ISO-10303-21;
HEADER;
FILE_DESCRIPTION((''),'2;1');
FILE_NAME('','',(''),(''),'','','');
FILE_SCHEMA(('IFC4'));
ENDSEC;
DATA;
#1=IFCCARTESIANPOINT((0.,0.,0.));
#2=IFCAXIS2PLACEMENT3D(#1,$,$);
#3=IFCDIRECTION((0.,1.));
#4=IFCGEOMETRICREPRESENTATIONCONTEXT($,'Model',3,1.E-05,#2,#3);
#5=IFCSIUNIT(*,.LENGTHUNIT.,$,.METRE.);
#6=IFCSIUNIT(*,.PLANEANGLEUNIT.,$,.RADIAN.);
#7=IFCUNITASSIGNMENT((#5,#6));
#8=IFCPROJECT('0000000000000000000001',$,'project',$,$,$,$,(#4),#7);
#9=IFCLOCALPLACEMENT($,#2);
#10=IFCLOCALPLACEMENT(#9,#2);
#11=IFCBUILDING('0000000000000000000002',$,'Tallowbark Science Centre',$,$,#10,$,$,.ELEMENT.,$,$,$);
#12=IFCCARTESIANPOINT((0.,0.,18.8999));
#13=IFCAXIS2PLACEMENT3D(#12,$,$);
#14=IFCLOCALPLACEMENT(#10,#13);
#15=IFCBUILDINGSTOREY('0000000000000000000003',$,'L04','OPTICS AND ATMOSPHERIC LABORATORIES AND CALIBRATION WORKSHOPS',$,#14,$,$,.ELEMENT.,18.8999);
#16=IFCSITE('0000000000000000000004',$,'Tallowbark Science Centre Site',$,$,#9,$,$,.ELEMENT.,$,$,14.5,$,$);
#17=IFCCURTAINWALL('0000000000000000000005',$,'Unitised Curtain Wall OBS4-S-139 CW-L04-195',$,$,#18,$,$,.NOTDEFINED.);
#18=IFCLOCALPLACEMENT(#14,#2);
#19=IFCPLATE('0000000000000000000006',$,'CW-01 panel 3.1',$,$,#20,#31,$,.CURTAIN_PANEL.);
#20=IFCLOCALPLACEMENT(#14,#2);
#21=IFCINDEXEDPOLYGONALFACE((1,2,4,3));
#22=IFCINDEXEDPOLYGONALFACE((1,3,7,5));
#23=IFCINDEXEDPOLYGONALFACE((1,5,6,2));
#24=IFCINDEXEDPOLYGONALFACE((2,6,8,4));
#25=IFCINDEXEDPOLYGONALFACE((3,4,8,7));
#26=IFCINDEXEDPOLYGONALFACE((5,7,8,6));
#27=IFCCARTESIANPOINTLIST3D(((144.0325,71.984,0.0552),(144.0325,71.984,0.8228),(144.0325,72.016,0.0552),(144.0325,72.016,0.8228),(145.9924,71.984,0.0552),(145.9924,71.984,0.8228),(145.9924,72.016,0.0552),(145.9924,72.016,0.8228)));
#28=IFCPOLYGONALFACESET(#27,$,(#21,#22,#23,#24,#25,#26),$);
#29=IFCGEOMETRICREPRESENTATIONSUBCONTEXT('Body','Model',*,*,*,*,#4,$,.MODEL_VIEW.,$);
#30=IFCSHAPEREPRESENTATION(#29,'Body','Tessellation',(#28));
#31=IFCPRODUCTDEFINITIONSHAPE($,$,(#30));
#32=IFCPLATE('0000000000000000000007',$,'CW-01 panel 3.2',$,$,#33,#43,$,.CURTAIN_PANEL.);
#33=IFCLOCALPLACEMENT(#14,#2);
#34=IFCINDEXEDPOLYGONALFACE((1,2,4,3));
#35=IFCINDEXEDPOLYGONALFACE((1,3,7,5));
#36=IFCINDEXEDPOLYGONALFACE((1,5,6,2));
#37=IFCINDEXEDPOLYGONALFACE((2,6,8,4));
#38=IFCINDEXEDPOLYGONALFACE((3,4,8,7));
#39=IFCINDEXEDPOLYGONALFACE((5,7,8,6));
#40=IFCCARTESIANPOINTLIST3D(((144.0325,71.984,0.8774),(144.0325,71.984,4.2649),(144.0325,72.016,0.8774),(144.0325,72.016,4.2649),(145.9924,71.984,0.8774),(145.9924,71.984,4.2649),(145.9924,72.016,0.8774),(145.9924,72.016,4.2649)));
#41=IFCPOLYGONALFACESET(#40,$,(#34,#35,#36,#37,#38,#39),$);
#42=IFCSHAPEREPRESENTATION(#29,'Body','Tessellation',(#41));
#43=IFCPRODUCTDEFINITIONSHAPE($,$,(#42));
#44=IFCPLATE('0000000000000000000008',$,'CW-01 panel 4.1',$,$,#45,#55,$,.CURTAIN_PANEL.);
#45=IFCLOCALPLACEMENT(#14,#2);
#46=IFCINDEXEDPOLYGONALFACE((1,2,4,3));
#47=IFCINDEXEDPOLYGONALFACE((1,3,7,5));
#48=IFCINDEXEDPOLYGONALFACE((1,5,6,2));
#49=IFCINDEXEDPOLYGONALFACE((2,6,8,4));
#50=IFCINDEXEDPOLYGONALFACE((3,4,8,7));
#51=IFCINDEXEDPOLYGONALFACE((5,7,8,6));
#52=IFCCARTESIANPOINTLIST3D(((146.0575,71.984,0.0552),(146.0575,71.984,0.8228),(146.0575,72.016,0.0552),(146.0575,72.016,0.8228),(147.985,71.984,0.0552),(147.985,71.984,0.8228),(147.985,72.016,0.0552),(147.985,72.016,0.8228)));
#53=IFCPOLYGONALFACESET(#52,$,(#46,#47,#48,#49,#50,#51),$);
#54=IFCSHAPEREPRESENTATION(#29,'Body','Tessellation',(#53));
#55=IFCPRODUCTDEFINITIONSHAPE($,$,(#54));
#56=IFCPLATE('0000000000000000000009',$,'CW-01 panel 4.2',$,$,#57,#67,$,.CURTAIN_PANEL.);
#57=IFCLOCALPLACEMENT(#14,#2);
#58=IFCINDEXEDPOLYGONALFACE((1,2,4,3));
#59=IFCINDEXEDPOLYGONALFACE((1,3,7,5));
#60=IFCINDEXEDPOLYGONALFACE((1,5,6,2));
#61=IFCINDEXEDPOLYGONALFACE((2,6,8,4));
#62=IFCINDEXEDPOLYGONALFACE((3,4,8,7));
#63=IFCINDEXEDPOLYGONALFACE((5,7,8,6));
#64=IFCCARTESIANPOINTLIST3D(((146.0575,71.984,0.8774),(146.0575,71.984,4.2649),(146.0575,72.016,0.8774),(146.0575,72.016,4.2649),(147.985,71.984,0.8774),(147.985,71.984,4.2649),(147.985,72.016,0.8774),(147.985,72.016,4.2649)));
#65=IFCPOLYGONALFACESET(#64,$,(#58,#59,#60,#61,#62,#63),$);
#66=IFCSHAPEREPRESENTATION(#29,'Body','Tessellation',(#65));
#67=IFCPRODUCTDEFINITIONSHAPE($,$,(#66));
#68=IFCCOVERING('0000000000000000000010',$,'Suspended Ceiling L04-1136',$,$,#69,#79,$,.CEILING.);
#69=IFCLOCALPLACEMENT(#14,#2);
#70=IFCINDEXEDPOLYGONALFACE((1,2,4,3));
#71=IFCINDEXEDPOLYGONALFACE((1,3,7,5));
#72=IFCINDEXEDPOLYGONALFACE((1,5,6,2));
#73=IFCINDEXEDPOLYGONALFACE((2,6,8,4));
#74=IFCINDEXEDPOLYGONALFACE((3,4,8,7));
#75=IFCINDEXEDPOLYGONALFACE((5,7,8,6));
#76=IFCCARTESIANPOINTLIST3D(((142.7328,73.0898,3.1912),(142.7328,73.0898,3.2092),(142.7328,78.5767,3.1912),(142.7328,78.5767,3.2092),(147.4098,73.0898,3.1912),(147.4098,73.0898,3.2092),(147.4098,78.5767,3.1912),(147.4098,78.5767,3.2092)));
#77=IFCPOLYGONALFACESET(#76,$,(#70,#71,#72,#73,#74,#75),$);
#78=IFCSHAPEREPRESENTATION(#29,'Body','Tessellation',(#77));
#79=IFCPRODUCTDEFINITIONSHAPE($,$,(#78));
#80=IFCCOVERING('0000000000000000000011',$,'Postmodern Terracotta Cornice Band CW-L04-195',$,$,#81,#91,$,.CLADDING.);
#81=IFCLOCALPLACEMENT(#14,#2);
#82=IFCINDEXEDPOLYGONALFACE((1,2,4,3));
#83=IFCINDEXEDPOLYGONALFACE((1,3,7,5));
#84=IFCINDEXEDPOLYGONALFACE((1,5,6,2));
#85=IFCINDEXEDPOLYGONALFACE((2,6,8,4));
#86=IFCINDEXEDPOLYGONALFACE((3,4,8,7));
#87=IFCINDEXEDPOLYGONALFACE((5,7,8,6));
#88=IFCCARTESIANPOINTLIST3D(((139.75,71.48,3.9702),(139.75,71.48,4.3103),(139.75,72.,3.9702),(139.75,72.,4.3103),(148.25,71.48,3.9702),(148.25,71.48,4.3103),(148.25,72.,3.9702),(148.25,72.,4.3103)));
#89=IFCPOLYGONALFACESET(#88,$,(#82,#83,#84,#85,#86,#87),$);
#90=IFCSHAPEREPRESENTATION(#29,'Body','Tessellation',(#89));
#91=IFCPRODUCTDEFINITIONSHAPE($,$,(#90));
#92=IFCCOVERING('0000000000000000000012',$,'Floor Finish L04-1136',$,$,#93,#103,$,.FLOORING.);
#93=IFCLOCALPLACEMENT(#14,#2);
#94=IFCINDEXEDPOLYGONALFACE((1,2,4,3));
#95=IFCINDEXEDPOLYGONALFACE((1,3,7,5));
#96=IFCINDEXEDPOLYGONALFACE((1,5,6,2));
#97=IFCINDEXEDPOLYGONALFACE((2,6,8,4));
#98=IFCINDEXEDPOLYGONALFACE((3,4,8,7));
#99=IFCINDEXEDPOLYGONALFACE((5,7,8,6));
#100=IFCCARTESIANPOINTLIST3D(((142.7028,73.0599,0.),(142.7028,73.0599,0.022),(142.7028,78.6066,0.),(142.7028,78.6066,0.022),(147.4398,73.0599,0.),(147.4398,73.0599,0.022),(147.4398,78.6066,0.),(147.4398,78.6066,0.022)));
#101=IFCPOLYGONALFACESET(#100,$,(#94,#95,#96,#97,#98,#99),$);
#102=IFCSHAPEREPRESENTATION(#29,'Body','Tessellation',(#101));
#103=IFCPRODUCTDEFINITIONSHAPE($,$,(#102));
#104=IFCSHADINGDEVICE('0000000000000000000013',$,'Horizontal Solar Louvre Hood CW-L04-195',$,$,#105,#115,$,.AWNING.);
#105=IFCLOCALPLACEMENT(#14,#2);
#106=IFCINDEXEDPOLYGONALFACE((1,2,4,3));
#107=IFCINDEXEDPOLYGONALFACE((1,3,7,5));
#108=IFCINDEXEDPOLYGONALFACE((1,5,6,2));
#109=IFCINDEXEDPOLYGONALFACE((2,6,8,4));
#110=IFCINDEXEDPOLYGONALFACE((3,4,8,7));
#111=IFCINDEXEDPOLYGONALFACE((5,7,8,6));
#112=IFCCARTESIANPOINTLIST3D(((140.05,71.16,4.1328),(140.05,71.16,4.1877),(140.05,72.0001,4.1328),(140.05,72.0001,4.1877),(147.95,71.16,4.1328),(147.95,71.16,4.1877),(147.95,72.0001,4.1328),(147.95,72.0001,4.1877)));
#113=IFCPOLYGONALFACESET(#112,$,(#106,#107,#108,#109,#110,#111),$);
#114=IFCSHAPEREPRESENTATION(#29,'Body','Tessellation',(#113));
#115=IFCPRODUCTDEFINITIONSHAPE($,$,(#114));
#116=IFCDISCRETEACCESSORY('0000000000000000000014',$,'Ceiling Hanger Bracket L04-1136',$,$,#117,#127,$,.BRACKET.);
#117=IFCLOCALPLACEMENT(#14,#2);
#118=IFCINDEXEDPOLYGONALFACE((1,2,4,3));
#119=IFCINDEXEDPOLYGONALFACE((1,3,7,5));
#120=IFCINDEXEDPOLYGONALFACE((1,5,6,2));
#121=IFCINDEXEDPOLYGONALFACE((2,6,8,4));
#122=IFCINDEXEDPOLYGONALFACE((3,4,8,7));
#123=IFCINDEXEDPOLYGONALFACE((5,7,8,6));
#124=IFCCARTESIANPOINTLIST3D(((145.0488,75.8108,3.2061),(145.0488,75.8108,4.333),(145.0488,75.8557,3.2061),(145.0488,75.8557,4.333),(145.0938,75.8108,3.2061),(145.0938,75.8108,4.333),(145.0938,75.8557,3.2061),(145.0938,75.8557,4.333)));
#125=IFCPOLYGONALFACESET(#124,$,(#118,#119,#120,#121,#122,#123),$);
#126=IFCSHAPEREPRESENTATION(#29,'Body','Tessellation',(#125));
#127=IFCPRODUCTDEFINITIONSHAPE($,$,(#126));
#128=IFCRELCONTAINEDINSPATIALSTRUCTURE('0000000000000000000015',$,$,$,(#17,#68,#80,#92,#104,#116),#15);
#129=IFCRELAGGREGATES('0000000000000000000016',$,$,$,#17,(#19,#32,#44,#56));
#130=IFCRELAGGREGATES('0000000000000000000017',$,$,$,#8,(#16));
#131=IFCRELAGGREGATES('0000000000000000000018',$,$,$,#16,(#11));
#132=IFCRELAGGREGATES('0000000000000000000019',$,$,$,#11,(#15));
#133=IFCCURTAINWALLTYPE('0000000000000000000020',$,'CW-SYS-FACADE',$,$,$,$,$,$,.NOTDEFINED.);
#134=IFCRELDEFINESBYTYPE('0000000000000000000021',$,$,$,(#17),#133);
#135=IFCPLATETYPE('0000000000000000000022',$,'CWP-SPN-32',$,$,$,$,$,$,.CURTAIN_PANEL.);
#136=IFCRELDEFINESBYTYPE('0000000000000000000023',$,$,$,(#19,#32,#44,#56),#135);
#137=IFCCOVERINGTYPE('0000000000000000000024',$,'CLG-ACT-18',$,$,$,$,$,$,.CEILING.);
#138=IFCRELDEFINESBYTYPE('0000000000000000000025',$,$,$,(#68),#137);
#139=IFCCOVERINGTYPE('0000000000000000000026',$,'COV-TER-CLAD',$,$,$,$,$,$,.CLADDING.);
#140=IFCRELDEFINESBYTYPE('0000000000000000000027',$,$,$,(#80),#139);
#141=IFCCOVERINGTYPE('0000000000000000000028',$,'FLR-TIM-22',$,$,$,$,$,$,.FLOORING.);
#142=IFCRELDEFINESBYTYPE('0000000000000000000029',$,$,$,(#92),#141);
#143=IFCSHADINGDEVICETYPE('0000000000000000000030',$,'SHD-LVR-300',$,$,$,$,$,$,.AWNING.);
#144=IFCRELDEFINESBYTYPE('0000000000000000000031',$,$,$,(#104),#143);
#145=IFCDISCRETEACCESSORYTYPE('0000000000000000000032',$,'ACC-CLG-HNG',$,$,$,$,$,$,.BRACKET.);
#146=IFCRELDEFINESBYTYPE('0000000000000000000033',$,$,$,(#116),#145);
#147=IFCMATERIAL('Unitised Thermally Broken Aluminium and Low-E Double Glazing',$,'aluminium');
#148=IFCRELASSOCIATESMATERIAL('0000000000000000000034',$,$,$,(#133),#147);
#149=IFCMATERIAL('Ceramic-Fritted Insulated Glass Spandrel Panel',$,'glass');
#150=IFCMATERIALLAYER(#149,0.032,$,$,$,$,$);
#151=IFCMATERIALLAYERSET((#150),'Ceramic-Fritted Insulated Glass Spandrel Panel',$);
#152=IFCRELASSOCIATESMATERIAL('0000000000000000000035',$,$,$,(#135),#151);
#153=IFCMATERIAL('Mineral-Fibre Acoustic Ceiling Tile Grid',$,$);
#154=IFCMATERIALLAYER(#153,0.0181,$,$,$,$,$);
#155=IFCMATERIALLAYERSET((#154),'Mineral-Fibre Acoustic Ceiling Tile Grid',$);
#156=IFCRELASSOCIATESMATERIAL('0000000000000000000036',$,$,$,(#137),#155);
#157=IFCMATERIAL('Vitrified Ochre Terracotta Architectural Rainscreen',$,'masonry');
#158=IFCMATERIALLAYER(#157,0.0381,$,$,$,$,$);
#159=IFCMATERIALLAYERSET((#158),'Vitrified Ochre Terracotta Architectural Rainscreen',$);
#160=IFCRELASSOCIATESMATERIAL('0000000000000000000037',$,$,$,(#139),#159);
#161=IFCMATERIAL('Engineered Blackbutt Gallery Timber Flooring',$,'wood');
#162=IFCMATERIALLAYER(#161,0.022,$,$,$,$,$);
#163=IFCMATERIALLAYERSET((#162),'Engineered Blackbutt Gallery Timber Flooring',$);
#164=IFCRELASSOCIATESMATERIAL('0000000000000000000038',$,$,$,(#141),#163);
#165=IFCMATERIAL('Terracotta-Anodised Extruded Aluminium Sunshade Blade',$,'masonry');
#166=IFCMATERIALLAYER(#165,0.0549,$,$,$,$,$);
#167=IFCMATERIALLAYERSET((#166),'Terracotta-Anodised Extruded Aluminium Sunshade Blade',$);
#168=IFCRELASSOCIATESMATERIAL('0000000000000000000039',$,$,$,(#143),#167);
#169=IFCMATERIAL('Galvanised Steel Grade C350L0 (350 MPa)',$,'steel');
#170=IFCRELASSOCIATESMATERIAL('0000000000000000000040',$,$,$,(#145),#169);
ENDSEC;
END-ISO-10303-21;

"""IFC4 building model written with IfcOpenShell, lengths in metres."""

from ifc_helpers import new_model, si_unit, direction, frame, origin, origin_2d, place, context, subcontext, project, spatial, rectangle, extrude, material, layer, layer_set, type_object, element, aggregate, save


model = new_model("IFC4")

# Units and contexts
model_context = context("Model", 3, precision=1e-05, world=origin(), true_north=direction((0.0, 1.0)))
body_context = subcontext(model_context, "Body", "Model", "MODEL_VIEW")
ifc_project = project(units=[si_unit("LENGTHUNIT", "METRE"), si_unit("PLANEANGLEUNIT", "RADIAN")], contexts=[model_context])

# Site, building, storey
site_placement = place(None, origin())
site = spatial("IfcSite", under=ifc_project, at=site_placement, Name="Tallowbark Science Centre Site", CompositionType="ELEMENT", RefElevation=14.5)
building_placement = place(site_placement, origin())
building = spatial("IfcBuilding", under=site, at=building_placement, Name="Tallowbark Science Centre", CompositionType="ELEMENT")
storey_placement = place(building_placement, frame((0.0, 0.0, 18.8999)))
storey = spatial("IfcBuildingStorey", under=building, at=storey_placement, Name="L04", Description="OPTICS AND ATMOSPHERIC LABORATORIES AND CALIBRATION WORKSHOPS", CompositionType="ELEMENT", Elevation=18.8999)

# Curtain wall, plates
ifc_material_1 = material(Name="Unitised Thermally Broken Aluminium and Low-E Double Glazing", Category="aluminium")
curtain_wall_type = type_object("IfcCurtainWallType", Name="CW-SYS-FACADE", PredefinedType="NOTDEFINED", material=ifc_material_1)
curtain_wall_placement = place(storey_placement, origin())
curtain_wall = element("IfcCurtainWall", 1, at=curtain_wall_placement, inside=storey, type_object=curtain_wall_type, Name="Unitised Curtain Wall OBS4-S-139 CW-L04-195", PredefinedType="NOTDEFINED")
ifc_material_2 = material(Name="Ceramic-Fritted Insulated Glass Spandrel Panel", Category="glass")
ifc_layer_1 = layer(ifc_material_2, 0.032)
ifc_layer_set_1 = layer_set([ifc_layer_1], Name="Ceramic-Fritted Insulated Glass Spandrel Panel")
plate_type = type_object("IfcPlateType", Name="CWP-SPN-32", PredefinedType="CURTAIN_PANEL", material=ifc_layer_set_1)
plate_1_placement = place(storey_placement, frame((145.0125, 72.0, 0.0552), z_axis=(0.0, 0.0, 1.0), x_axis=(1.0, 0.0, 0.0)))
plate_1 = element("IfcPlate", 2, at=plate_1_placement, type_object=plate_type, Name="CW-01 panel 3.1", PredefinedType="CURTAIN_PANEL", context=body_context, shape_type="SweptSolid", body=[
    extrude(rectangle(XDim=1.96, YDim=0.032, at=origin_2d()), origin(), (0.0, 0.0, 1.0), 0.7676),
])
plate_2_placement = place(storey_placement, frame((145.0125, 72.0, 0.8774), z_axis=(0.0, 0.0, 1.0), x_axis=(1.0, 0.0, 0.0)))
plate_2 = element("IfcPlate", 3, at=plate_2_placement, type_object=plate_type, Name="CW-01 panel 3.2", PredefinedType="CURTAIN_PANEL", context=body_context, shape_type="SweptSolid", body=[
    extrude(rectangle(XDim=1.96, YDim=0.032, at=origin_2d()), origin(), (0.0, 0.0, 1.0), 3.3875),
])
plate_3_placement = place(storey_placement, frame((147.0212, 72.0, 0.0552), z_axis=(0.0, 0.0, 1.0), x_axis=(1.0, 0.0, 0.0)))
plate_3 = element("IfcPlate", 4, at=plate_3_placement, type_object=plate_type, Name="CW-01 panel 4.1", PredefinedType="CURTAIN_PANEL", context=body_context, shape_type="SweptSolid", body=[
    extrude(rectangle(XDim=1.9275, YDim=0.032, at=origin_2d()), origin(), (0.0, 0.0, 1.0), 0.7676),
])
plate_4_placement = place(storey_placement, frame((147.0212, 72.0, 0.8774), z_axis=(0.0, 0.0, 1.0), x_axis=(1.0, 0.0, 0.0)))
plate_4 = element("IfcPlate", 5, at=plate_4_placement, type_object=plate_type, Name="CW-01 panel 4.2", PredefinedType="CURTAIN_PANEL", context=body_context, shape_type="SweptSolid", body=[
    extrude(rectangle(XDim=1.9275, YDim=0.032, at=origin_2d()), origin(), (0.0, 0.0, 1.0), 3.3875),
])
aggregate(curtain_wall, [plate_1, plate_2, plate_3, plate_4])

# Coverings
ifc_material_3 = material(Name="Mineral-Fibre Acoustic Ceiling Tile Grid")
ifc_layer_2 = layer(ifc_material_3, 0.0181)
ifc_layer_set_2 = layer_set([ifc_layer_2], Name="Mineral-Fibre Acoustic Ceiling Tile Grid")
covering_type_1 = type_object("IfcCoveringType", Name="CLG-ACT-18", PredefinedType="CEILING", material=ifc_layer_set_2)
covering_1_placement = place(storey_placement, frame((145.0713, 75.8333, 3.1912), z_axis=(0.0, 0.0, 1.0), x_axis=(1.0, 0.0, 0.0)))
element("IfcCovering", 6, at=covering_1_placement, inside=storey, type_object=covering_type_1, Name="Suspended Ceiling L04-1136", PredefinedType="CEILING", context=body_context, shape_type="SweptSolid", body=[
    extrude(rectangle(XDim=4.677, YDim=5.4868, at=origin_2d()), origin(), (0.0, 0.0, 1.0), 0.0181),
])
ifc_material_4 = material(Name="Vitrified Ochre Terracotta Architectural Rainscreen", Category="masonry")
ifc_layer_3 = layer(ifc_material_4, 0.0381)
ifc_layer_set_3 = layer_set([ifc_layer_3], Name="Vitrified Ochre Terracotta Architectural Rainscreen")
covering_type_2 = type_object("IfcCoveringType", Name="COV-TER-CLAD", PredefinedType="CLADDING", material=ifc_layer_set_3)
covering_2_placement = place(storey_placement, frame((144.0, 71.74, 3.9702), z_axis=(0.0, 0.0, 1.0), x_axis=(1.0, 0.0, 0.0)))
element("IfcCovering", 7, at=covering_2_placement, inside=storey, type_object=covering_type_2, Name="Postmodern Terracotta Cornice Band CW-L04-195", PredefinedType="CLADDING", context=body_context, shape_type="SweptSolid", body=[
    extrude(rectangle(XDim=8.5, YDim=0.52, at=origin_2d()), origin(), (0.0, 0.0, 1.0), 0.3401),
])
ifc_material_5 = material(Name="Engineered Blackbutt Gallery Timber Flooring", Category="wood")
ifc_layer_4 = layer(ifc_material_5, 0.022)
ifc_layer_set_4 = layer_set([ifc_layer_4], Name="Engineered Blackbutt Gallery Timber Flooring")
covering_type_3 = type_object("IfcCoveringType", Name="FLR-TIM-22", PredefinedType="FLOORING", material=ifc_layer_set_4)
covering_3_placement = place(storey_placement, frame((145.0713, 75.8333, 0.0), z_axis=(0.0, 0.0, 1.0), x_axis=(1.0, 0.0, 0.0)))
element("IfcCovering", 8, at=covering_3_placement, inside=storey, type_object=covering_type_3, Name="Floor Finish L04-1136", PredefinedType="FLOORING", context=body_context, shape_type="SweptSolid", body=[
    extrude(rectangle(XDim=4.7371, YDim=5.5466, at=origin_2d()), origin(), (0.0, 0.0, 1.0), 0.022),
])

# Shading device
ifc_material_6 = material(Name="Terracotta-Anodised Extruded Aluminium Sunshade Blade", Category="masonry")
ifc_layer_5 = layer(ifc_material_6, 0.0549)
ifc_layer_set_5 = layer_set([ifc_layer_5], Name="Terracotta-Anodised Extruded Aluminium Sunshade Blade")
shading_device_type = type_object("IfcShadingDeviceType", Name="SHD-LVR-300", PredefinedType="AWNING", material=ifc_layer_set_5)
shading_device_placement = place(storey_placement, frame((144.0, 71.5801, 4.1328), z_axis=(0.0, 0.0, 1.0), x_axis=(1.0, 0.0, 0.0)))
element("IfcShadingDevice", 9, at=shading_device_placement, inside=storey, type_object=shading_device_type, Name="Horizontal Solar Louvre Hood CW-L04-195", PredefinedType="AWNING", context=body_context, shape_type="SweptSolid", body=[
    extrude(rectangle(XDim=7.8999, YDim=0.8401, at=origin_2d()), origin(), (0.0, 0.0, 1.0), 0.0549),
])

# Discrete accessory
ifc_material_7 = material(Name="Galvanised Steel Grade C350L0 (350 MPa)", Category="steel")
discrete_accessory_type = type_object("IfcDiscreteAccessoryType", Name="ACC-CLG-HNG", PredefinedType="BRACKET", material=ifc_material_7)
discrete_accessory_placement = place(storey_placement, frame((145.0713, 75.8333, 3.2061), z_axis=(0.0, 0.0, 1.0), x_axis=(1.0, 0.0, 0.0)))
element("IfcDiscreteAccessory", 10, at=discrete_accessory_placement, inside=storey, type_object=discrete_accessory_type, Name="Ceiling Hanger Bracket L04-1136", PredefinedType="BRACKET", context=body_context, shape_type="SweptSolid", body=[
    extrude(rectangle(XDim=0.0449, YDim=0.0449, at=origin_2d()), origin(), (0.0, 0.0, 1.0), 1.127),
])

save(model, "model.ifc")
